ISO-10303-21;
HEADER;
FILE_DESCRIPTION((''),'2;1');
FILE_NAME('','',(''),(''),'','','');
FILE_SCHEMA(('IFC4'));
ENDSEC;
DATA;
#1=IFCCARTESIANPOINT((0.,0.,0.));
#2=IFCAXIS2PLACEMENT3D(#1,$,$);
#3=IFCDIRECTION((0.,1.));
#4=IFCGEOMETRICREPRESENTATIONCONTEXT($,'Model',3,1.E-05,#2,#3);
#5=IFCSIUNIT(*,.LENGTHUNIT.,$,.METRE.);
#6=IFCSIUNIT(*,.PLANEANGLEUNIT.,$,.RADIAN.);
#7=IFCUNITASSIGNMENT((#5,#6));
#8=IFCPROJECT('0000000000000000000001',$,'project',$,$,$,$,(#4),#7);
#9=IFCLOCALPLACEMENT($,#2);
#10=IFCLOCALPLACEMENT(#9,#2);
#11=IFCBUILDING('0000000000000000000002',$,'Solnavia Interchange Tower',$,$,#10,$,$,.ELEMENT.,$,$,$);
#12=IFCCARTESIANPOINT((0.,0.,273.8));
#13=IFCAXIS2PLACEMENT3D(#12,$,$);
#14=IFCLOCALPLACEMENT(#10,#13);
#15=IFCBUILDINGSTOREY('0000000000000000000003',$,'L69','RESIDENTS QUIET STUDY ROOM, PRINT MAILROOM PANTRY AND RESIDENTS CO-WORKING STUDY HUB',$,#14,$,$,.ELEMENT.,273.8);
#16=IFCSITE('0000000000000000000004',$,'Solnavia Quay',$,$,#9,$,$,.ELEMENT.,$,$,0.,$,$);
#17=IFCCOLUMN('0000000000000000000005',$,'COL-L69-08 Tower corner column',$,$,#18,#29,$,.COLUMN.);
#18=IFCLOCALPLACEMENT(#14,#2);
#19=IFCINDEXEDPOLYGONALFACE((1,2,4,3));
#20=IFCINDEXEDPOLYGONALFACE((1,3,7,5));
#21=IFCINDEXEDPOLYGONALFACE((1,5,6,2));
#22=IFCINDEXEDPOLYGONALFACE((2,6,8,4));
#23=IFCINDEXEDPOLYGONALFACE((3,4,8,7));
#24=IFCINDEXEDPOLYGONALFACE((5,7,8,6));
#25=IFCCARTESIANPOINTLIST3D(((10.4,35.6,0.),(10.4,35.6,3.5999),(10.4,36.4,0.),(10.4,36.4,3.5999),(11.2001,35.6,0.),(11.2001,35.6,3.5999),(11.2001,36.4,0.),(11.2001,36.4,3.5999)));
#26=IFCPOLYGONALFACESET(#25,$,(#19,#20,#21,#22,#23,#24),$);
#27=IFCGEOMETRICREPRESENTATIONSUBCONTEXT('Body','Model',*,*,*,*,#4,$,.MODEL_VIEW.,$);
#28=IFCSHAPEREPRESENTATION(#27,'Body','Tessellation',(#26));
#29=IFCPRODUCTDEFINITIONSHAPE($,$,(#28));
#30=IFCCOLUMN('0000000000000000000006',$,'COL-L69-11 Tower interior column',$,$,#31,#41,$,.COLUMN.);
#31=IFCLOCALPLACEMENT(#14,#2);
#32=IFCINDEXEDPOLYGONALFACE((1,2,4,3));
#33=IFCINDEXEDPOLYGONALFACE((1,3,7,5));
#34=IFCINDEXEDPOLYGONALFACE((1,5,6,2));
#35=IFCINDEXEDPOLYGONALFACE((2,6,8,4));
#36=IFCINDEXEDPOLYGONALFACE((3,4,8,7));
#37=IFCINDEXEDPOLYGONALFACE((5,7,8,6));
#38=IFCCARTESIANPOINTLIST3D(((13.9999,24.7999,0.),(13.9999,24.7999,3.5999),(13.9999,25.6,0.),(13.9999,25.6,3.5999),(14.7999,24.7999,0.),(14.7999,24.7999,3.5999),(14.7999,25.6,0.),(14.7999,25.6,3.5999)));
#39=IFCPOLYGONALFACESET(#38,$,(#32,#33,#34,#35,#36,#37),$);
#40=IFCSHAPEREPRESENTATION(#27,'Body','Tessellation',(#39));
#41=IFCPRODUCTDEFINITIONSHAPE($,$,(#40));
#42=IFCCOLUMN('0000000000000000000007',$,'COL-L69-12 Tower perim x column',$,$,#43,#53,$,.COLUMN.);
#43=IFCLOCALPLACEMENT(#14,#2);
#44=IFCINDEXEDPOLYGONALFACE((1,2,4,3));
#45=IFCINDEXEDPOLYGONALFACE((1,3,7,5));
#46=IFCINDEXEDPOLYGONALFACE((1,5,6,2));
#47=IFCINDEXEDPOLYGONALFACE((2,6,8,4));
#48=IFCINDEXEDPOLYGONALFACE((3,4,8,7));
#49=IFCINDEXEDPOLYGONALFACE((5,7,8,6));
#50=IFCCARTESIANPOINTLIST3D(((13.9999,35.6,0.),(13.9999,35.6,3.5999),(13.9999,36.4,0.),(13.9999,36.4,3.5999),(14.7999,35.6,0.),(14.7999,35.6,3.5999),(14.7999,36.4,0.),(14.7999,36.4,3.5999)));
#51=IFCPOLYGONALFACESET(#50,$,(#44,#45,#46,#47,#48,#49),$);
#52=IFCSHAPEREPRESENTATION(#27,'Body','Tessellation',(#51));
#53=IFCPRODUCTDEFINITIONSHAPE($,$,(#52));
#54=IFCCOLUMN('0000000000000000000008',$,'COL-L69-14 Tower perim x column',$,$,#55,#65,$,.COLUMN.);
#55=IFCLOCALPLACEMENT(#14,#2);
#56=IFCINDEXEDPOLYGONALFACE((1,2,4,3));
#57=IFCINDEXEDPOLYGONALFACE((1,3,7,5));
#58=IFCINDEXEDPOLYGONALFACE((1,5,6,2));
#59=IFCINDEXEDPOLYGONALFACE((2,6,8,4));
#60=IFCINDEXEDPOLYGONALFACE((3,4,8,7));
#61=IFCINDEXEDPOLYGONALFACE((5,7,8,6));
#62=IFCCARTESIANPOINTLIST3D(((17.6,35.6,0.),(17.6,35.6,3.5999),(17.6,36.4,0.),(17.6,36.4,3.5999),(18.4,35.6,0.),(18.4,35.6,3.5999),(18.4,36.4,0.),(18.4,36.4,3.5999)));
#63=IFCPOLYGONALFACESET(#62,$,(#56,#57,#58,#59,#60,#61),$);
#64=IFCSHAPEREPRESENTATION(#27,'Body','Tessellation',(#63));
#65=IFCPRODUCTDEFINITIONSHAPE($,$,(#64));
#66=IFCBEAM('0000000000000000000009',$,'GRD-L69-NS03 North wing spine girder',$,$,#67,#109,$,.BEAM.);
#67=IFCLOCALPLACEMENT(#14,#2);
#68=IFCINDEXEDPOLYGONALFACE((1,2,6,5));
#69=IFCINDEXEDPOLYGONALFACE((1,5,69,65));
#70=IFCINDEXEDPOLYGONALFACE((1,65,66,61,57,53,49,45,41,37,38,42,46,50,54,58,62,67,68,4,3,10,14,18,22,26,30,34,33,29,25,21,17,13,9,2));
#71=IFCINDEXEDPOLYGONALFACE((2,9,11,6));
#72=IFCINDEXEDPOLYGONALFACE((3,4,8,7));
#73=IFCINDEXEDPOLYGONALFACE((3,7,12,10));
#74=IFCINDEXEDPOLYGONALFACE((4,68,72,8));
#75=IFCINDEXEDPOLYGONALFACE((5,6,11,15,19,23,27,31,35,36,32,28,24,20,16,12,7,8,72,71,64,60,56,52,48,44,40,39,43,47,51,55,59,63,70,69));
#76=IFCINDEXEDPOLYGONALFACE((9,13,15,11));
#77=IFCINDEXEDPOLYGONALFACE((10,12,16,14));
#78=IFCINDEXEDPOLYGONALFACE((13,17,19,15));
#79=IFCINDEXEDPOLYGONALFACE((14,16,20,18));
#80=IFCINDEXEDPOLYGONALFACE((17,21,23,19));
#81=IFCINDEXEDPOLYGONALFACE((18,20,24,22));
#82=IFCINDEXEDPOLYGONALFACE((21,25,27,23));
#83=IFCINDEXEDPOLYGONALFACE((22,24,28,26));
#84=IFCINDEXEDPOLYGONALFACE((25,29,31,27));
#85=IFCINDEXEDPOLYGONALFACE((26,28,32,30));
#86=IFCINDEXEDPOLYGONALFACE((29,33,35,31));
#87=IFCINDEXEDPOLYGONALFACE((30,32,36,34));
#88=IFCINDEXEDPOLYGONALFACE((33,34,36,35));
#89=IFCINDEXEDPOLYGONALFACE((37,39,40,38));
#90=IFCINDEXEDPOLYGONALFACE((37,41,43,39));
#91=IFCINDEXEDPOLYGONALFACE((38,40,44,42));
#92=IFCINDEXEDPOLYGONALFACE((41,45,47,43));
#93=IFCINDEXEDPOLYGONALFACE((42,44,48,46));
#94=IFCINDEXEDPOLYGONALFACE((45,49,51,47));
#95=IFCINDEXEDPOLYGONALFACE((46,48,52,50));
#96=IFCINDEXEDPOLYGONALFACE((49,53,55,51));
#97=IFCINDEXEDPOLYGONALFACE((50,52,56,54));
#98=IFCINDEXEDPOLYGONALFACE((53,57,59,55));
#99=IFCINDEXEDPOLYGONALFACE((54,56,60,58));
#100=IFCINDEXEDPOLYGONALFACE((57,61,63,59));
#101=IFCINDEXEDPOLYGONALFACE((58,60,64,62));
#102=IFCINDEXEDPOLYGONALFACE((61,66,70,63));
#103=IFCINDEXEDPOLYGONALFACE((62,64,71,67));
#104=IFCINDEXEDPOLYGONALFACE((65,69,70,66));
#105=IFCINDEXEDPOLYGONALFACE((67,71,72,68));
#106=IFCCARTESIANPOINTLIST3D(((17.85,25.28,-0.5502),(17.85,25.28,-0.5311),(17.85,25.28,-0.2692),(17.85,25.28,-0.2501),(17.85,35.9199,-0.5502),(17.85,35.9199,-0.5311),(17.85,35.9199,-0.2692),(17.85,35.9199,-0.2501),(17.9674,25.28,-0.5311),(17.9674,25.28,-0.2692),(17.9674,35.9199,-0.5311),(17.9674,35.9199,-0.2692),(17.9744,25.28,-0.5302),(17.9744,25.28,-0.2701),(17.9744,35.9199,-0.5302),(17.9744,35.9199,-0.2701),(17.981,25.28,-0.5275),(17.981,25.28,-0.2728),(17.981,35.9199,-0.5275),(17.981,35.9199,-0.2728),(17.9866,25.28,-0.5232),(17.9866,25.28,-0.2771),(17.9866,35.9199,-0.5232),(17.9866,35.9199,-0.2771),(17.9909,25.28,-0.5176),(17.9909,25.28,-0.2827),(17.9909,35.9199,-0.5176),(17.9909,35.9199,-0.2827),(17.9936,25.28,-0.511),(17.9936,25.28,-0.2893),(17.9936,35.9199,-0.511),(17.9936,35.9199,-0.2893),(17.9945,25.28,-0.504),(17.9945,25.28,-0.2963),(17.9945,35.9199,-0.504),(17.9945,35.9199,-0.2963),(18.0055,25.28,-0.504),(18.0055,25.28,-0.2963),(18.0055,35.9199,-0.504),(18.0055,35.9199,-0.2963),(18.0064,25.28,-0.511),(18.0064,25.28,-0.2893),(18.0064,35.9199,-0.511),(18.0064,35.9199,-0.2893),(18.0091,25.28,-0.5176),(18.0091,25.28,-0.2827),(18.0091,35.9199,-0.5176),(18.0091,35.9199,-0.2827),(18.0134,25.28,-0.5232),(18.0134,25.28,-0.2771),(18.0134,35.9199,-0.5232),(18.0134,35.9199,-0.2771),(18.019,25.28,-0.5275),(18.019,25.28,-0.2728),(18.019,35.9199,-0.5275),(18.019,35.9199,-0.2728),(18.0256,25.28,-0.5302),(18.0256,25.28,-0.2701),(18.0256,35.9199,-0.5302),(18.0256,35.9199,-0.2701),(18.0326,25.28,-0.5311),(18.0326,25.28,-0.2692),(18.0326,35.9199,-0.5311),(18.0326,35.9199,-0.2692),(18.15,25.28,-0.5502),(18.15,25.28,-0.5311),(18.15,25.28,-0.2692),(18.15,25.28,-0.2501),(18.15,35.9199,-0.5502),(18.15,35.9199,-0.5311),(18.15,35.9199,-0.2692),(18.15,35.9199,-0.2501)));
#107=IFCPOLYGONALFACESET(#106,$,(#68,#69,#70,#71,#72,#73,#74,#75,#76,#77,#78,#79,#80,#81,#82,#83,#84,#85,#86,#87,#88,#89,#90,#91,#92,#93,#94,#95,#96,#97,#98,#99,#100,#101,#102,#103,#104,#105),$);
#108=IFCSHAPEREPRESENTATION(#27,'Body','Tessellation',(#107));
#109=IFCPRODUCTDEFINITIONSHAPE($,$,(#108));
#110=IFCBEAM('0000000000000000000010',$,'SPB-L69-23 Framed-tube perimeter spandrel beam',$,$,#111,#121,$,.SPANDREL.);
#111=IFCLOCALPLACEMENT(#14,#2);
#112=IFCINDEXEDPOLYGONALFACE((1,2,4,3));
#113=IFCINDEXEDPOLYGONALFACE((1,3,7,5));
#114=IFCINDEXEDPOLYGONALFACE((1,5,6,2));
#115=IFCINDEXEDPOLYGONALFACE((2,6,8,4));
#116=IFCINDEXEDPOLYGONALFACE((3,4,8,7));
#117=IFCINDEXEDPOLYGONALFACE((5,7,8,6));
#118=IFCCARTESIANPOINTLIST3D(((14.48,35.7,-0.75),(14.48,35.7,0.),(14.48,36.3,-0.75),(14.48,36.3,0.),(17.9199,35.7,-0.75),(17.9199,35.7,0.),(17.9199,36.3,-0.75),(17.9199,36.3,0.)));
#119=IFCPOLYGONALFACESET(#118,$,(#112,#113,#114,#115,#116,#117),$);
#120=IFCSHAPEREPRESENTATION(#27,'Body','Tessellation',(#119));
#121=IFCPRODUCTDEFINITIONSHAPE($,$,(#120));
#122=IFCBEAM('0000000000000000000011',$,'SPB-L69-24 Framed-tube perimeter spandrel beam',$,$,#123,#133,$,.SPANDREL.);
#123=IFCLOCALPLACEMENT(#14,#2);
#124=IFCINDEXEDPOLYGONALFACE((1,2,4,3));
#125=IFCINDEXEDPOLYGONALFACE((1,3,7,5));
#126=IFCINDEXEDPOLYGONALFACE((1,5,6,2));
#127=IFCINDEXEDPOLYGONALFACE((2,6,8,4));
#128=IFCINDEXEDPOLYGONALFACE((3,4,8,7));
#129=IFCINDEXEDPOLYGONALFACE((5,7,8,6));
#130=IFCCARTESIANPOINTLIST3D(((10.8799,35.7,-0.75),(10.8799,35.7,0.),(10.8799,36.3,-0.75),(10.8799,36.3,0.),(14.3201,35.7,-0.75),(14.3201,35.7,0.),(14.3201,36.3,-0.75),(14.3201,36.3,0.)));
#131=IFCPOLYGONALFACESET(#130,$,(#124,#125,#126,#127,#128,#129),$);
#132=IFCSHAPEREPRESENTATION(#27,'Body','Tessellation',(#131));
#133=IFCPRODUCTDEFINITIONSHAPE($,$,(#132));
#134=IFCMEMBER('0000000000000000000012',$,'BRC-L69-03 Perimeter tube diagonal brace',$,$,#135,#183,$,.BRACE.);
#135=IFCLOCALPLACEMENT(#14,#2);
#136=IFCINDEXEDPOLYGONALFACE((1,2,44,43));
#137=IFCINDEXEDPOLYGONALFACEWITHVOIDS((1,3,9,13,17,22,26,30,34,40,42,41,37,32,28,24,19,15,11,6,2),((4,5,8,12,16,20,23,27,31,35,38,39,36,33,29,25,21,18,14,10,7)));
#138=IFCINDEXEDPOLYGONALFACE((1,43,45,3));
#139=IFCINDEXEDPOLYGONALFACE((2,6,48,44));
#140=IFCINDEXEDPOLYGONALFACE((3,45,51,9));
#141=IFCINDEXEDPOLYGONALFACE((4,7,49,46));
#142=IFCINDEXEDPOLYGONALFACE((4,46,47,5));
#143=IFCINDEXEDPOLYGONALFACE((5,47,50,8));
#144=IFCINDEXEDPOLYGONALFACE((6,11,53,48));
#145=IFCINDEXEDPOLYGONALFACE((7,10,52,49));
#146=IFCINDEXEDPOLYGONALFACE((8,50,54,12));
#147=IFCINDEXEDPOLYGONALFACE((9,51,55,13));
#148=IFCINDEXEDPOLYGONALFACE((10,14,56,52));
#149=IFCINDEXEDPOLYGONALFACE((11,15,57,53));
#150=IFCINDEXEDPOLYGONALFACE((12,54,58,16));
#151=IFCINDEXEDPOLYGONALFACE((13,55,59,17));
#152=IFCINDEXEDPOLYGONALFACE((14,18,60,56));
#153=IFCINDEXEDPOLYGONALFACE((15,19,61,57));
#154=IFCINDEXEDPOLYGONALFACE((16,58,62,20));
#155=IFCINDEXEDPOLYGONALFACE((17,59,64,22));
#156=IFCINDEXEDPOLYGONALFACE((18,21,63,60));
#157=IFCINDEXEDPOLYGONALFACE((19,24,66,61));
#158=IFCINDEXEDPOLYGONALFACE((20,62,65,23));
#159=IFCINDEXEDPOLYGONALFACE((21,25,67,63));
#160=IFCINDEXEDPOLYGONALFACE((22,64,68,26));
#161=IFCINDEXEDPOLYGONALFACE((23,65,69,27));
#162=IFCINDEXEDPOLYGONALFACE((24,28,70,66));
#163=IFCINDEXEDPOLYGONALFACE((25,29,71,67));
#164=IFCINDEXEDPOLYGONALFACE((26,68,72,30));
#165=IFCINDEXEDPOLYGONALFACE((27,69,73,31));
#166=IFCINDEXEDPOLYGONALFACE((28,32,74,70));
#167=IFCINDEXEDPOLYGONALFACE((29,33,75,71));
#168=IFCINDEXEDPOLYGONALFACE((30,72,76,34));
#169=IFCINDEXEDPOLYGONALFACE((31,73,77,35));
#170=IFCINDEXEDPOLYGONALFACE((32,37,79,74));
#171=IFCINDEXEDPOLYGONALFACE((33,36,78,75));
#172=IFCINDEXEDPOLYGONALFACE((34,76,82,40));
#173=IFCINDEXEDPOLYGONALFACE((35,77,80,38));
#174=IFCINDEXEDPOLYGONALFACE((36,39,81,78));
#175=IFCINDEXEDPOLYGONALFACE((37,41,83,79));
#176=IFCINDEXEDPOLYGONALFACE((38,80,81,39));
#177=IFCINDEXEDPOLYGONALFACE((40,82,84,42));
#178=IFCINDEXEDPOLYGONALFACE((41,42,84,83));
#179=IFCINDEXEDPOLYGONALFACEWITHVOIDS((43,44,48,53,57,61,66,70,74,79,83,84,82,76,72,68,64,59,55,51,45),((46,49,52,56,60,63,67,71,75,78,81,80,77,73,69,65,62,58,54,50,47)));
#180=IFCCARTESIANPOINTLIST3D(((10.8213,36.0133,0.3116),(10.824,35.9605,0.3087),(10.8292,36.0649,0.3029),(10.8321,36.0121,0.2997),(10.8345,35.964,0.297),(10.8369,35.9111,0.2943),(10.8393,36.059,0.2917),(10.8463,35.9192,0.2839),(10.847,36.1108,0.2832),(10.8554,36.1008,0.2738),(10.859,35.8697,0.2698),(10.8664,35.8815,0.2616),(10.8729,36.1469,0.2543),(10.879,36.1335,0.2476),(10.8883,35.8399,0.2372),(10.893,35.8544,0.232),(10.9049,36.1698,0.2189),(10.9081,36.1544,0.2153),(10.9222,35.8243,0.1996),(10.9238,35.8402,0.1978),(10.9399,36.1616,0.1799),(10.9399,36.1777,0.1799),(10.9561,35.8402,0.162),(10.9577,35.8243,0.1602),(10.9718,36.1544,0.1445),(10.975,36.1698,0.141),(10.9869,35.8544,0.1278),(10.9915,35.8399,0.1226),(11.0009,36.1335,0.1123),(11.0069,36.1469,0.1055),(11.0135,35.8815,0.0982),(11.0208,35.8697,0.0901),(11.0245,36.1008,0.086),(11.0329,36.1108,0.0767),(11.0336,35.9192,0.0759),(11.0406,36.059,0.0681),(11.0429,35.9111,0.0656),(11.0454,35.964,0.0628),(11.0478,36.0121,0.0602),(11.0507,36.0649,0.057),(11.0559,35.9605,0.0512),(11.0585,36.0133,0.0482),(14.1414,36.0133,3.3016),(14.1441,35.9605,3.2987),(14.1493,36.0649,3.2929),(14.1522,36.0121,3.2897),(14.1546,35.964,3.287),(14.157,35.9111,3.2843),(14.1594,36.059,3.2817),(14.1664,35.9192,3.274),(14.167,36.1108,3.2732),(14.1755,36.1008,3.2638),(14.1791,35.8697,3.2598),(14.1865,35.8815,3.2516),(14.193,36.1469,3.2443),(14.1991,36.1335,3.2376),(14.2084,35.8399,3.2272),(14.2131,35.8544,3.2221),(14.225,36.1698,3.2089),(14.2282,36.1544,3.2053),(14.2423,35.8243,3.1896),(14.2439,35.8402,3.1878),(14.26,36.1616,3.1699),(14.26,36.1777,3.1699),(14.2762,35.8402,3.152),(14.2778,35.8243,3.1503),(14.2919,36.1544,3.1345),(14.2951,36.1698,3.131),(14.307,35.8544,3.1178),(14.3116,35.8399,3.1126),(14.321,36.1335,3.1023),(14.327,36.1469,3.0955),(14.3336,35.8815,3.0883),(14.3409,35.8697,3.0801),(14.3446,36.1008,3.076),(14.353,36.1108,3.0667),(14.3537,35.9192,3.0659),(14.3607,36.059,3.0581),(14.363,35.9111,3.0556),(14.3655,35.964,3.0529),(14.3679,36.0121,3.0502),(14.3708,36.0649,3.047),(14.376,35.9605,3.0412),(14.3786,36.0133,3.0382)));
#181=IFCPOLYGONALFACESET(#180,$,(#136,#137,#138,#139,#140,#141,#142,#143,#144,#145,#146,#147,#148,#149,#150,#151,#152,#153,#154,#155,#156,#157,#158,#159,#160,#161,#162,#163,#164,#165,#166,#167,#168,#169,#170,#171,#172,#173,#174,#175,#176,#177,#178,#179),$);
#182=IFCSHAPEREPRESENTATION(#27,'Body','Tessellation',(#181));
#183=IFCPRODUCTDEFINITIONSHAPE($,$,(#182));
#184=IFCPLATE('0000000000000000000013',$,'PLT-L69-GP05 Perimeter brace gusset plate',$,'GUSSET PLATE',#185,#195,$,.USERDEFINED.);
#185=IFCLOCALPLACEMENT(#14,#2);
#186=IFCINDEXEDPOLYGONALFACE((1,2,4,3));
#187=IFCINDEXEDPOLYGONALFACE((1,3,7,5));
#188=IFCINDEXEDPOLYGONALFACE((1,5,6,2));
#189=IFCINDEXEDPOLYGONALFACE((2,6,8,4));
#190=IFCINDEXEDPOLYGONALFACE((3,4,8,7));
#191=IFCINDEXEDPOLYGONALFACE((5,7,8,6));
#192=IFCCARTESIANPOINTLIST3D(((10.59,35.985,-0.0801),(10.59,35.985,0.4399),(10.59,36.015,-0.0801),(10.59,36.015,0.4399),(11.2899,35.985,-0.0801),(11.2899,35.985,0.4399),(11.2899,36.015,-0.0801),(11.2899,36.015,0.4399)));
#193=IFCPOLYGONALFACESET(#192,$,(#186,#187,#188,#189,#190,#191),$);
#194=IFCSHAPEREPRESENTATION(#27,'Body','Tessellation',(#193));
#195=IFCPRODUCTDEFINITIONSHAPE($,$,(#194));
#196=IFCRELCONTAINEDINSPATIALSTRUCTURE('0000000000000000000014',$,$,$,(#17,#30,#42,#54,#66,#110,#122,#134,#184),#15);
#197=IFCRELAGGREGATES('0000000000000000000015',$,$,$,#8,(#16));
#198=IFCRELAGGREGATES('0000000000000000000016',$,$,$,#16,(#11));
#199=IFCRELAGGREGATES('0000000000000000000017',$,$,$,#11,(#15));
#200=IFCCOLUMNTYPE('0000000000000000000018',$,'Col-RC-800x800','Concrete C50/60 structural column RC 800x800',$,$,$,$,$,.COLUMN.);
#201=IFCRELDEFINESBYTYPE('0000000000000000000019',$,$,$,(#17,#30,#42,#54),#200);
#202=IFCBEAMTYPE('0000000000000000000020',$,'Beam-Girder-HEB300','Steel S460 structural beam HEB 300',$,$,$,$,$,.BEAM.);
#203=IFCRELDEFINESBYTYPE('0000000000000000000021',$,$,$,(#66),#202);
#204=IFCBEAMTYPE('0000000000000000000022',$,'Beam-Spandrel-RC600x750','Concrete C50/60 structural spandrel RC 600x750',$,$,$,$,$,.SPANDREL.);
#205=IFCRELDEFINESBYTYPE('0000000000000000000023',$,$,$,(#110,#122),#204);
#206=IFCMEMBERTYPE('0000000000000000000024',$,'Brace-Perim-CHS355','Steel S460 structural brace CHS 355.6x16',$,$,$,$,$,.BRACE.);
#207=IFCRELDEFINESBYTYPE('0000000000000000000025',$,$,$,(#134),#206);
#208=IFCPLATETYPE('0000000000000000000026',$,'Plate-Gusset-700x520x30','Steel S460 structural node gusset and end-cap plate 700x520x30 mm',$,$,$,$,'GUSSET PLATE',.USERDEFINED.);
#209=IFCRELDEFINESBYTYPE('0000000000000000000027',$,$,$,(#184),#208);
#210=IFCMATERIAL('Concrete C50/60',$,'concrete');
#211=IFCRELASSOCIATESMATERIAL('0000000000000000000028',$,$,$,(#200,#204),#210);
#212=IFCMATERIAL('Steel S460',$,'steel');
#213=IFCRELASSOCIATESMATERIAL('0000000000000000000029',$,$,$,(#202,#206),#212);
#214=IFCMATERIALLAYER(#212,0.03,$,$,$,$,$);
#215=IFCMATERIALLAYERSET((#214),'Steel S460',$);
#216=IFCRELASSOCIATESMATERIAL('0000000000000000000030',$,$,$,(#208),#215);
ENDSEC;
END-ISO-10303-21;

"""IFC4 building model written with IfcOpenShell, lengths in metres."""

from ifc_helpers import new_model, si_unit, direction, frame, origin, origin_2d, place, context, subcontext, project, spatial, rectangle, hollow_circle, i_section, extrude, material, layer, layer_set, material_profile, profile_set, type_object, element, save


model = new_model("IFC4")

# Units and contexts
model_context = context("Model", 3, precision=1e-05, world=origin(), true_north=direction((0.0, 1.0)))
body_context = subcontext(model_context, "Body", "Model", "MODEL_VIEW")
ifc_project = project(units=[si_unit("LENGTHUNIT", "METRE"), si_unit("PLANEANGLEUNIT", "RADIAN")], contexts=[model_context])

# Site, building, storey
site_placement = place(None, origin())
site = spatial("IfcSite", under=ifc_project, at=site_placement, Name="Solnavia Quay", CompositionType="ELEMENT", RefElevation=0.0)
building_placement = place(site_placement, origin())
building = spatial("IfcBuilding", under=site, at=building_placement, Name="Solnavia Interchange Tower", CompositionType="ELEMENT")
storey_placement = place(building_placement, frame((0.0, 0.0, 273.8)))
storey = spatial("IfcBuildingStorey", under=building, at=storey_placement, Name="L69", Description="RESIDENTS QUIET STUDY ROOM, PRINT MAILROOM PANTRY AND RESIDENTS CO-WORKING STUDY HUB", CompositionType="ELEMENT", Elevation=273.8)

# Columns
ifc_material_1 = material(Name="Concrete C50/60", Category="concrete")
ifc_material_profile_1 = material_profile(ifc_material_1, rectangle(XDim=0.8, YDim=0.8, at=origin_2d()), Name="RC 800x800")
ifc_profile_set_1 = profile_set([ifc_material_profile_1], Name="Concrete C50/60")
column_type = type_object("IfcColumnType", Name="Col-RC-800x800", Description="Concrete C50/60 structural column RC 800x800", PredefinedType="COLUMN", material=ifc_profile_set_1)
for number, where, z_axis, x_axis, name in (
    (1, (10.8, 36.0, 0.0), (0.0, 0.0, 1.0), (1.0, 0.0, 0.0), "COL-L69-08 Tower corner column"),
    (2, (14.3999, 25.2, 0.0), (0.0, 0.0, 1.0), (1.0, 0.0, 0.0), "COL-L69-11 Tower interior column"),
    (3, (14.3999, 36.0, 0.0), (0.0, 0.0, 1.0), (1.0, 0.0, 0.0), "COL-L69-12 Tower perim x column"),
    (4, (18.0, 36.0, 0.0), (0.0, 0.0, 1.0), (1.0, 0.0, 0.0), "COL-L69-14 Tower perim x column"),
):
    element("IfcColumn", number, at=place(storey_placement, frame(where, z_axis=z_axis, x_axis=x_axis)), inside=storey, type_object=column_type, Name=name, PredefinedType="COLUMN", context=body_context, shape_type="SweptSolid", body=[
        extrude(rectangle(XDim=0.8, YDim=0.8, at=origin_2d()), origin(), (0.0, 0.0, 1.0), 3.5999),
    ])

# Beams
ifc_material_2 = material(Name="Steel S460", Category="steel")
ifc_material_profile_2 = material_profile(ifc_material_2, i_section(OverallWidth=0.3, OverallDepth=0.3, WebThickness=0.011, FlangeThickness=0.019, FilletRadius=0.0271, at=origin_2d()), Name="HEB 300")
ifc_profile_set_2 = profile_set([ifc_material_profile_2], Name="Steel S460")
beam_type_1 = type_object("IfcBeamType", Name="Beam-Girder-HEB300", Description="Steel S460 structural beam HEB 300", PredefinedType="BEAM", material=ifc_profile_set_2)
beam_1_placement = place(storey_placement, frame((18.0, 25.28, -0.4001), z_axis=(0.0, 1.0, 0.0), x_axis=(-1.0, 0.0, 0.0)))
element("IfcBeam", 5, at=beam_1_placement, inside=storey, type_object=beam_type_1, Name="GRD-L69-NS03 North wing spine girder", PredefinedType="BEAM", context=body_context, shape_type="SweptSolid", body=[
    extrude(i_section(OverallWidth=0.3, OverallDepth=0.3, WebThickness=0.011, FlangeThickness=0.019, FilletRadius=0.0271, at=origin_2d()), origin(), (0.0, 0.0, 1.0), 10.6399),
])
ifc_material_profile_3 = material_profile(ifc_material_1, rectangle(XDim=0.6001, YDim=0.75, at=origin_2d()), Name="RC 600x750")
ifc_profile_set_3 = profile_set([ifc_material_profile_3], Name="Concrete C50/60")
beam_type_2 = type_object("IfcBeamType", Name="Beam-Spandrel-RC600x750", Description="Concrete C50/60 structural spandrel RC 600x750", PredefinedType="SPANDREL", material=ifc_profile_set_3)
beam_2_placement = place(storey_placement, frame((17.9199, 36.0, -0.375), z_axis=(-1.0, 0.0, 0.0), x_axis=(0.0, -1.0, 0.0)))
element("IfcBeam", 6, at=beam_2_placement, inside=storey, type_object=beam_type_2, Name="SPB-L69-23 Framed-tube perimeter spandrel beam", PredefinedType="SPANDREL", context=body_context, shape_type="SweptSolid", body=[
    extrude(rectangle(XDim=0.6001, YDim=0.75, at=origin_2d()), origin(), (0.0, 0.0, 1.0), 3.4399),
])
beam_3_placement = place(storey_placement, frame((14.3201, 36.0, -0.375), z_axis=(-1.0, 0.0, 0.0), x_axis=(0.0, -1.0, 0.0)))
element("IfcBeam", 7, at=beam_3_placement, inside=storey, type_object=beam_type_2, Name="SPB-L69-24 Framed-tube perimeter spandrel beam", PredefinedType="SPANDREL", context=body_context, shape_type="SweptSolid", body=[
    extrude(rectangle(XDim=0.6001, YDim=0.75, at=origin_2d()), origin(), (0.0, 0.0, 1.0), 3.4402),
])

# Member
ifc_material_profile_4 = material_profile(ifc_material_2, hollow_circle(Radius=0.1777, WallThickness=0.0161, at=origin_2d()), Name="CHS 355.6x16")
ifc_profile_set_4 = profile_set([ifc_material_profile_4], Name="Steel S460")
member_type = type_object("IfcMemberType", Name="Brace-Perim-CHS355", Description="Steel S460 structural brace CHS 355.6x16", PredefinedType="BRACE", material=ifc_profile_set_4)
member_placement = place(storey_placement, frame((10.9399, 36.0, 0.1799), z_axis=(0.743079, 0.0, 0.669203), x_axis=(0.0, 1.0, 0.0)))
element("IfcMember", 8, at=member_placement, inside=storey, type_object=member_type, Name="BRC-L69-03 Perimeter tube diagonal brace", PredefinedType="BRACE", context=body_context, shape_type="SweptSolid", body=[
    extrude(hollow_circle(Radius=0.1777, WallThickness=0.0161, at=origin_2d()), origin(), (0.0, 0.0, 1.0), 4.468),
])

# Plate
ifc_layer_1 = layer(ifc_material_2, 0.03)
ifc_layer_set_1 = layer_set([ifc_layer_1], Name="Steel S460")
plate_type = type_object("IfcPlateType", Name="Plate-Gusset-700x520x30", Description="Steel S460 structural node gusset and end-cap plate 700x520x30 mm", ElementType="GUSSET PLATE", PredefinedType="USERDEFINED", material=ifc_layer_set_1)
for number, where, z_axis, x_axis, name in (
    (9, (10.9399, 36.0, -0.0801), (0.0, 0.0, 1.0), (1.0, 0.0, 0.0), "PLT-L69-GP05 Perimeter brace gusset plate"),
):
    element("IfcPlate", number, at=place(storey_placement, frame(where, z_axis=z_axis, x_axis=x_axis)), inside=storey, type_object=plate_type, Name=name, ObjectType="GUSSET PLATE", PredefinedType="USERDEFINED", context=body_context, shape_type="SweptSolid", body=[
        extrude(rectangle(XDim=0.7, YDim=0.03, at=origin_2d()), origin(), (0.0, 0.0, 1.0), 0.52),
    ])

save(model, "model.ifc")
